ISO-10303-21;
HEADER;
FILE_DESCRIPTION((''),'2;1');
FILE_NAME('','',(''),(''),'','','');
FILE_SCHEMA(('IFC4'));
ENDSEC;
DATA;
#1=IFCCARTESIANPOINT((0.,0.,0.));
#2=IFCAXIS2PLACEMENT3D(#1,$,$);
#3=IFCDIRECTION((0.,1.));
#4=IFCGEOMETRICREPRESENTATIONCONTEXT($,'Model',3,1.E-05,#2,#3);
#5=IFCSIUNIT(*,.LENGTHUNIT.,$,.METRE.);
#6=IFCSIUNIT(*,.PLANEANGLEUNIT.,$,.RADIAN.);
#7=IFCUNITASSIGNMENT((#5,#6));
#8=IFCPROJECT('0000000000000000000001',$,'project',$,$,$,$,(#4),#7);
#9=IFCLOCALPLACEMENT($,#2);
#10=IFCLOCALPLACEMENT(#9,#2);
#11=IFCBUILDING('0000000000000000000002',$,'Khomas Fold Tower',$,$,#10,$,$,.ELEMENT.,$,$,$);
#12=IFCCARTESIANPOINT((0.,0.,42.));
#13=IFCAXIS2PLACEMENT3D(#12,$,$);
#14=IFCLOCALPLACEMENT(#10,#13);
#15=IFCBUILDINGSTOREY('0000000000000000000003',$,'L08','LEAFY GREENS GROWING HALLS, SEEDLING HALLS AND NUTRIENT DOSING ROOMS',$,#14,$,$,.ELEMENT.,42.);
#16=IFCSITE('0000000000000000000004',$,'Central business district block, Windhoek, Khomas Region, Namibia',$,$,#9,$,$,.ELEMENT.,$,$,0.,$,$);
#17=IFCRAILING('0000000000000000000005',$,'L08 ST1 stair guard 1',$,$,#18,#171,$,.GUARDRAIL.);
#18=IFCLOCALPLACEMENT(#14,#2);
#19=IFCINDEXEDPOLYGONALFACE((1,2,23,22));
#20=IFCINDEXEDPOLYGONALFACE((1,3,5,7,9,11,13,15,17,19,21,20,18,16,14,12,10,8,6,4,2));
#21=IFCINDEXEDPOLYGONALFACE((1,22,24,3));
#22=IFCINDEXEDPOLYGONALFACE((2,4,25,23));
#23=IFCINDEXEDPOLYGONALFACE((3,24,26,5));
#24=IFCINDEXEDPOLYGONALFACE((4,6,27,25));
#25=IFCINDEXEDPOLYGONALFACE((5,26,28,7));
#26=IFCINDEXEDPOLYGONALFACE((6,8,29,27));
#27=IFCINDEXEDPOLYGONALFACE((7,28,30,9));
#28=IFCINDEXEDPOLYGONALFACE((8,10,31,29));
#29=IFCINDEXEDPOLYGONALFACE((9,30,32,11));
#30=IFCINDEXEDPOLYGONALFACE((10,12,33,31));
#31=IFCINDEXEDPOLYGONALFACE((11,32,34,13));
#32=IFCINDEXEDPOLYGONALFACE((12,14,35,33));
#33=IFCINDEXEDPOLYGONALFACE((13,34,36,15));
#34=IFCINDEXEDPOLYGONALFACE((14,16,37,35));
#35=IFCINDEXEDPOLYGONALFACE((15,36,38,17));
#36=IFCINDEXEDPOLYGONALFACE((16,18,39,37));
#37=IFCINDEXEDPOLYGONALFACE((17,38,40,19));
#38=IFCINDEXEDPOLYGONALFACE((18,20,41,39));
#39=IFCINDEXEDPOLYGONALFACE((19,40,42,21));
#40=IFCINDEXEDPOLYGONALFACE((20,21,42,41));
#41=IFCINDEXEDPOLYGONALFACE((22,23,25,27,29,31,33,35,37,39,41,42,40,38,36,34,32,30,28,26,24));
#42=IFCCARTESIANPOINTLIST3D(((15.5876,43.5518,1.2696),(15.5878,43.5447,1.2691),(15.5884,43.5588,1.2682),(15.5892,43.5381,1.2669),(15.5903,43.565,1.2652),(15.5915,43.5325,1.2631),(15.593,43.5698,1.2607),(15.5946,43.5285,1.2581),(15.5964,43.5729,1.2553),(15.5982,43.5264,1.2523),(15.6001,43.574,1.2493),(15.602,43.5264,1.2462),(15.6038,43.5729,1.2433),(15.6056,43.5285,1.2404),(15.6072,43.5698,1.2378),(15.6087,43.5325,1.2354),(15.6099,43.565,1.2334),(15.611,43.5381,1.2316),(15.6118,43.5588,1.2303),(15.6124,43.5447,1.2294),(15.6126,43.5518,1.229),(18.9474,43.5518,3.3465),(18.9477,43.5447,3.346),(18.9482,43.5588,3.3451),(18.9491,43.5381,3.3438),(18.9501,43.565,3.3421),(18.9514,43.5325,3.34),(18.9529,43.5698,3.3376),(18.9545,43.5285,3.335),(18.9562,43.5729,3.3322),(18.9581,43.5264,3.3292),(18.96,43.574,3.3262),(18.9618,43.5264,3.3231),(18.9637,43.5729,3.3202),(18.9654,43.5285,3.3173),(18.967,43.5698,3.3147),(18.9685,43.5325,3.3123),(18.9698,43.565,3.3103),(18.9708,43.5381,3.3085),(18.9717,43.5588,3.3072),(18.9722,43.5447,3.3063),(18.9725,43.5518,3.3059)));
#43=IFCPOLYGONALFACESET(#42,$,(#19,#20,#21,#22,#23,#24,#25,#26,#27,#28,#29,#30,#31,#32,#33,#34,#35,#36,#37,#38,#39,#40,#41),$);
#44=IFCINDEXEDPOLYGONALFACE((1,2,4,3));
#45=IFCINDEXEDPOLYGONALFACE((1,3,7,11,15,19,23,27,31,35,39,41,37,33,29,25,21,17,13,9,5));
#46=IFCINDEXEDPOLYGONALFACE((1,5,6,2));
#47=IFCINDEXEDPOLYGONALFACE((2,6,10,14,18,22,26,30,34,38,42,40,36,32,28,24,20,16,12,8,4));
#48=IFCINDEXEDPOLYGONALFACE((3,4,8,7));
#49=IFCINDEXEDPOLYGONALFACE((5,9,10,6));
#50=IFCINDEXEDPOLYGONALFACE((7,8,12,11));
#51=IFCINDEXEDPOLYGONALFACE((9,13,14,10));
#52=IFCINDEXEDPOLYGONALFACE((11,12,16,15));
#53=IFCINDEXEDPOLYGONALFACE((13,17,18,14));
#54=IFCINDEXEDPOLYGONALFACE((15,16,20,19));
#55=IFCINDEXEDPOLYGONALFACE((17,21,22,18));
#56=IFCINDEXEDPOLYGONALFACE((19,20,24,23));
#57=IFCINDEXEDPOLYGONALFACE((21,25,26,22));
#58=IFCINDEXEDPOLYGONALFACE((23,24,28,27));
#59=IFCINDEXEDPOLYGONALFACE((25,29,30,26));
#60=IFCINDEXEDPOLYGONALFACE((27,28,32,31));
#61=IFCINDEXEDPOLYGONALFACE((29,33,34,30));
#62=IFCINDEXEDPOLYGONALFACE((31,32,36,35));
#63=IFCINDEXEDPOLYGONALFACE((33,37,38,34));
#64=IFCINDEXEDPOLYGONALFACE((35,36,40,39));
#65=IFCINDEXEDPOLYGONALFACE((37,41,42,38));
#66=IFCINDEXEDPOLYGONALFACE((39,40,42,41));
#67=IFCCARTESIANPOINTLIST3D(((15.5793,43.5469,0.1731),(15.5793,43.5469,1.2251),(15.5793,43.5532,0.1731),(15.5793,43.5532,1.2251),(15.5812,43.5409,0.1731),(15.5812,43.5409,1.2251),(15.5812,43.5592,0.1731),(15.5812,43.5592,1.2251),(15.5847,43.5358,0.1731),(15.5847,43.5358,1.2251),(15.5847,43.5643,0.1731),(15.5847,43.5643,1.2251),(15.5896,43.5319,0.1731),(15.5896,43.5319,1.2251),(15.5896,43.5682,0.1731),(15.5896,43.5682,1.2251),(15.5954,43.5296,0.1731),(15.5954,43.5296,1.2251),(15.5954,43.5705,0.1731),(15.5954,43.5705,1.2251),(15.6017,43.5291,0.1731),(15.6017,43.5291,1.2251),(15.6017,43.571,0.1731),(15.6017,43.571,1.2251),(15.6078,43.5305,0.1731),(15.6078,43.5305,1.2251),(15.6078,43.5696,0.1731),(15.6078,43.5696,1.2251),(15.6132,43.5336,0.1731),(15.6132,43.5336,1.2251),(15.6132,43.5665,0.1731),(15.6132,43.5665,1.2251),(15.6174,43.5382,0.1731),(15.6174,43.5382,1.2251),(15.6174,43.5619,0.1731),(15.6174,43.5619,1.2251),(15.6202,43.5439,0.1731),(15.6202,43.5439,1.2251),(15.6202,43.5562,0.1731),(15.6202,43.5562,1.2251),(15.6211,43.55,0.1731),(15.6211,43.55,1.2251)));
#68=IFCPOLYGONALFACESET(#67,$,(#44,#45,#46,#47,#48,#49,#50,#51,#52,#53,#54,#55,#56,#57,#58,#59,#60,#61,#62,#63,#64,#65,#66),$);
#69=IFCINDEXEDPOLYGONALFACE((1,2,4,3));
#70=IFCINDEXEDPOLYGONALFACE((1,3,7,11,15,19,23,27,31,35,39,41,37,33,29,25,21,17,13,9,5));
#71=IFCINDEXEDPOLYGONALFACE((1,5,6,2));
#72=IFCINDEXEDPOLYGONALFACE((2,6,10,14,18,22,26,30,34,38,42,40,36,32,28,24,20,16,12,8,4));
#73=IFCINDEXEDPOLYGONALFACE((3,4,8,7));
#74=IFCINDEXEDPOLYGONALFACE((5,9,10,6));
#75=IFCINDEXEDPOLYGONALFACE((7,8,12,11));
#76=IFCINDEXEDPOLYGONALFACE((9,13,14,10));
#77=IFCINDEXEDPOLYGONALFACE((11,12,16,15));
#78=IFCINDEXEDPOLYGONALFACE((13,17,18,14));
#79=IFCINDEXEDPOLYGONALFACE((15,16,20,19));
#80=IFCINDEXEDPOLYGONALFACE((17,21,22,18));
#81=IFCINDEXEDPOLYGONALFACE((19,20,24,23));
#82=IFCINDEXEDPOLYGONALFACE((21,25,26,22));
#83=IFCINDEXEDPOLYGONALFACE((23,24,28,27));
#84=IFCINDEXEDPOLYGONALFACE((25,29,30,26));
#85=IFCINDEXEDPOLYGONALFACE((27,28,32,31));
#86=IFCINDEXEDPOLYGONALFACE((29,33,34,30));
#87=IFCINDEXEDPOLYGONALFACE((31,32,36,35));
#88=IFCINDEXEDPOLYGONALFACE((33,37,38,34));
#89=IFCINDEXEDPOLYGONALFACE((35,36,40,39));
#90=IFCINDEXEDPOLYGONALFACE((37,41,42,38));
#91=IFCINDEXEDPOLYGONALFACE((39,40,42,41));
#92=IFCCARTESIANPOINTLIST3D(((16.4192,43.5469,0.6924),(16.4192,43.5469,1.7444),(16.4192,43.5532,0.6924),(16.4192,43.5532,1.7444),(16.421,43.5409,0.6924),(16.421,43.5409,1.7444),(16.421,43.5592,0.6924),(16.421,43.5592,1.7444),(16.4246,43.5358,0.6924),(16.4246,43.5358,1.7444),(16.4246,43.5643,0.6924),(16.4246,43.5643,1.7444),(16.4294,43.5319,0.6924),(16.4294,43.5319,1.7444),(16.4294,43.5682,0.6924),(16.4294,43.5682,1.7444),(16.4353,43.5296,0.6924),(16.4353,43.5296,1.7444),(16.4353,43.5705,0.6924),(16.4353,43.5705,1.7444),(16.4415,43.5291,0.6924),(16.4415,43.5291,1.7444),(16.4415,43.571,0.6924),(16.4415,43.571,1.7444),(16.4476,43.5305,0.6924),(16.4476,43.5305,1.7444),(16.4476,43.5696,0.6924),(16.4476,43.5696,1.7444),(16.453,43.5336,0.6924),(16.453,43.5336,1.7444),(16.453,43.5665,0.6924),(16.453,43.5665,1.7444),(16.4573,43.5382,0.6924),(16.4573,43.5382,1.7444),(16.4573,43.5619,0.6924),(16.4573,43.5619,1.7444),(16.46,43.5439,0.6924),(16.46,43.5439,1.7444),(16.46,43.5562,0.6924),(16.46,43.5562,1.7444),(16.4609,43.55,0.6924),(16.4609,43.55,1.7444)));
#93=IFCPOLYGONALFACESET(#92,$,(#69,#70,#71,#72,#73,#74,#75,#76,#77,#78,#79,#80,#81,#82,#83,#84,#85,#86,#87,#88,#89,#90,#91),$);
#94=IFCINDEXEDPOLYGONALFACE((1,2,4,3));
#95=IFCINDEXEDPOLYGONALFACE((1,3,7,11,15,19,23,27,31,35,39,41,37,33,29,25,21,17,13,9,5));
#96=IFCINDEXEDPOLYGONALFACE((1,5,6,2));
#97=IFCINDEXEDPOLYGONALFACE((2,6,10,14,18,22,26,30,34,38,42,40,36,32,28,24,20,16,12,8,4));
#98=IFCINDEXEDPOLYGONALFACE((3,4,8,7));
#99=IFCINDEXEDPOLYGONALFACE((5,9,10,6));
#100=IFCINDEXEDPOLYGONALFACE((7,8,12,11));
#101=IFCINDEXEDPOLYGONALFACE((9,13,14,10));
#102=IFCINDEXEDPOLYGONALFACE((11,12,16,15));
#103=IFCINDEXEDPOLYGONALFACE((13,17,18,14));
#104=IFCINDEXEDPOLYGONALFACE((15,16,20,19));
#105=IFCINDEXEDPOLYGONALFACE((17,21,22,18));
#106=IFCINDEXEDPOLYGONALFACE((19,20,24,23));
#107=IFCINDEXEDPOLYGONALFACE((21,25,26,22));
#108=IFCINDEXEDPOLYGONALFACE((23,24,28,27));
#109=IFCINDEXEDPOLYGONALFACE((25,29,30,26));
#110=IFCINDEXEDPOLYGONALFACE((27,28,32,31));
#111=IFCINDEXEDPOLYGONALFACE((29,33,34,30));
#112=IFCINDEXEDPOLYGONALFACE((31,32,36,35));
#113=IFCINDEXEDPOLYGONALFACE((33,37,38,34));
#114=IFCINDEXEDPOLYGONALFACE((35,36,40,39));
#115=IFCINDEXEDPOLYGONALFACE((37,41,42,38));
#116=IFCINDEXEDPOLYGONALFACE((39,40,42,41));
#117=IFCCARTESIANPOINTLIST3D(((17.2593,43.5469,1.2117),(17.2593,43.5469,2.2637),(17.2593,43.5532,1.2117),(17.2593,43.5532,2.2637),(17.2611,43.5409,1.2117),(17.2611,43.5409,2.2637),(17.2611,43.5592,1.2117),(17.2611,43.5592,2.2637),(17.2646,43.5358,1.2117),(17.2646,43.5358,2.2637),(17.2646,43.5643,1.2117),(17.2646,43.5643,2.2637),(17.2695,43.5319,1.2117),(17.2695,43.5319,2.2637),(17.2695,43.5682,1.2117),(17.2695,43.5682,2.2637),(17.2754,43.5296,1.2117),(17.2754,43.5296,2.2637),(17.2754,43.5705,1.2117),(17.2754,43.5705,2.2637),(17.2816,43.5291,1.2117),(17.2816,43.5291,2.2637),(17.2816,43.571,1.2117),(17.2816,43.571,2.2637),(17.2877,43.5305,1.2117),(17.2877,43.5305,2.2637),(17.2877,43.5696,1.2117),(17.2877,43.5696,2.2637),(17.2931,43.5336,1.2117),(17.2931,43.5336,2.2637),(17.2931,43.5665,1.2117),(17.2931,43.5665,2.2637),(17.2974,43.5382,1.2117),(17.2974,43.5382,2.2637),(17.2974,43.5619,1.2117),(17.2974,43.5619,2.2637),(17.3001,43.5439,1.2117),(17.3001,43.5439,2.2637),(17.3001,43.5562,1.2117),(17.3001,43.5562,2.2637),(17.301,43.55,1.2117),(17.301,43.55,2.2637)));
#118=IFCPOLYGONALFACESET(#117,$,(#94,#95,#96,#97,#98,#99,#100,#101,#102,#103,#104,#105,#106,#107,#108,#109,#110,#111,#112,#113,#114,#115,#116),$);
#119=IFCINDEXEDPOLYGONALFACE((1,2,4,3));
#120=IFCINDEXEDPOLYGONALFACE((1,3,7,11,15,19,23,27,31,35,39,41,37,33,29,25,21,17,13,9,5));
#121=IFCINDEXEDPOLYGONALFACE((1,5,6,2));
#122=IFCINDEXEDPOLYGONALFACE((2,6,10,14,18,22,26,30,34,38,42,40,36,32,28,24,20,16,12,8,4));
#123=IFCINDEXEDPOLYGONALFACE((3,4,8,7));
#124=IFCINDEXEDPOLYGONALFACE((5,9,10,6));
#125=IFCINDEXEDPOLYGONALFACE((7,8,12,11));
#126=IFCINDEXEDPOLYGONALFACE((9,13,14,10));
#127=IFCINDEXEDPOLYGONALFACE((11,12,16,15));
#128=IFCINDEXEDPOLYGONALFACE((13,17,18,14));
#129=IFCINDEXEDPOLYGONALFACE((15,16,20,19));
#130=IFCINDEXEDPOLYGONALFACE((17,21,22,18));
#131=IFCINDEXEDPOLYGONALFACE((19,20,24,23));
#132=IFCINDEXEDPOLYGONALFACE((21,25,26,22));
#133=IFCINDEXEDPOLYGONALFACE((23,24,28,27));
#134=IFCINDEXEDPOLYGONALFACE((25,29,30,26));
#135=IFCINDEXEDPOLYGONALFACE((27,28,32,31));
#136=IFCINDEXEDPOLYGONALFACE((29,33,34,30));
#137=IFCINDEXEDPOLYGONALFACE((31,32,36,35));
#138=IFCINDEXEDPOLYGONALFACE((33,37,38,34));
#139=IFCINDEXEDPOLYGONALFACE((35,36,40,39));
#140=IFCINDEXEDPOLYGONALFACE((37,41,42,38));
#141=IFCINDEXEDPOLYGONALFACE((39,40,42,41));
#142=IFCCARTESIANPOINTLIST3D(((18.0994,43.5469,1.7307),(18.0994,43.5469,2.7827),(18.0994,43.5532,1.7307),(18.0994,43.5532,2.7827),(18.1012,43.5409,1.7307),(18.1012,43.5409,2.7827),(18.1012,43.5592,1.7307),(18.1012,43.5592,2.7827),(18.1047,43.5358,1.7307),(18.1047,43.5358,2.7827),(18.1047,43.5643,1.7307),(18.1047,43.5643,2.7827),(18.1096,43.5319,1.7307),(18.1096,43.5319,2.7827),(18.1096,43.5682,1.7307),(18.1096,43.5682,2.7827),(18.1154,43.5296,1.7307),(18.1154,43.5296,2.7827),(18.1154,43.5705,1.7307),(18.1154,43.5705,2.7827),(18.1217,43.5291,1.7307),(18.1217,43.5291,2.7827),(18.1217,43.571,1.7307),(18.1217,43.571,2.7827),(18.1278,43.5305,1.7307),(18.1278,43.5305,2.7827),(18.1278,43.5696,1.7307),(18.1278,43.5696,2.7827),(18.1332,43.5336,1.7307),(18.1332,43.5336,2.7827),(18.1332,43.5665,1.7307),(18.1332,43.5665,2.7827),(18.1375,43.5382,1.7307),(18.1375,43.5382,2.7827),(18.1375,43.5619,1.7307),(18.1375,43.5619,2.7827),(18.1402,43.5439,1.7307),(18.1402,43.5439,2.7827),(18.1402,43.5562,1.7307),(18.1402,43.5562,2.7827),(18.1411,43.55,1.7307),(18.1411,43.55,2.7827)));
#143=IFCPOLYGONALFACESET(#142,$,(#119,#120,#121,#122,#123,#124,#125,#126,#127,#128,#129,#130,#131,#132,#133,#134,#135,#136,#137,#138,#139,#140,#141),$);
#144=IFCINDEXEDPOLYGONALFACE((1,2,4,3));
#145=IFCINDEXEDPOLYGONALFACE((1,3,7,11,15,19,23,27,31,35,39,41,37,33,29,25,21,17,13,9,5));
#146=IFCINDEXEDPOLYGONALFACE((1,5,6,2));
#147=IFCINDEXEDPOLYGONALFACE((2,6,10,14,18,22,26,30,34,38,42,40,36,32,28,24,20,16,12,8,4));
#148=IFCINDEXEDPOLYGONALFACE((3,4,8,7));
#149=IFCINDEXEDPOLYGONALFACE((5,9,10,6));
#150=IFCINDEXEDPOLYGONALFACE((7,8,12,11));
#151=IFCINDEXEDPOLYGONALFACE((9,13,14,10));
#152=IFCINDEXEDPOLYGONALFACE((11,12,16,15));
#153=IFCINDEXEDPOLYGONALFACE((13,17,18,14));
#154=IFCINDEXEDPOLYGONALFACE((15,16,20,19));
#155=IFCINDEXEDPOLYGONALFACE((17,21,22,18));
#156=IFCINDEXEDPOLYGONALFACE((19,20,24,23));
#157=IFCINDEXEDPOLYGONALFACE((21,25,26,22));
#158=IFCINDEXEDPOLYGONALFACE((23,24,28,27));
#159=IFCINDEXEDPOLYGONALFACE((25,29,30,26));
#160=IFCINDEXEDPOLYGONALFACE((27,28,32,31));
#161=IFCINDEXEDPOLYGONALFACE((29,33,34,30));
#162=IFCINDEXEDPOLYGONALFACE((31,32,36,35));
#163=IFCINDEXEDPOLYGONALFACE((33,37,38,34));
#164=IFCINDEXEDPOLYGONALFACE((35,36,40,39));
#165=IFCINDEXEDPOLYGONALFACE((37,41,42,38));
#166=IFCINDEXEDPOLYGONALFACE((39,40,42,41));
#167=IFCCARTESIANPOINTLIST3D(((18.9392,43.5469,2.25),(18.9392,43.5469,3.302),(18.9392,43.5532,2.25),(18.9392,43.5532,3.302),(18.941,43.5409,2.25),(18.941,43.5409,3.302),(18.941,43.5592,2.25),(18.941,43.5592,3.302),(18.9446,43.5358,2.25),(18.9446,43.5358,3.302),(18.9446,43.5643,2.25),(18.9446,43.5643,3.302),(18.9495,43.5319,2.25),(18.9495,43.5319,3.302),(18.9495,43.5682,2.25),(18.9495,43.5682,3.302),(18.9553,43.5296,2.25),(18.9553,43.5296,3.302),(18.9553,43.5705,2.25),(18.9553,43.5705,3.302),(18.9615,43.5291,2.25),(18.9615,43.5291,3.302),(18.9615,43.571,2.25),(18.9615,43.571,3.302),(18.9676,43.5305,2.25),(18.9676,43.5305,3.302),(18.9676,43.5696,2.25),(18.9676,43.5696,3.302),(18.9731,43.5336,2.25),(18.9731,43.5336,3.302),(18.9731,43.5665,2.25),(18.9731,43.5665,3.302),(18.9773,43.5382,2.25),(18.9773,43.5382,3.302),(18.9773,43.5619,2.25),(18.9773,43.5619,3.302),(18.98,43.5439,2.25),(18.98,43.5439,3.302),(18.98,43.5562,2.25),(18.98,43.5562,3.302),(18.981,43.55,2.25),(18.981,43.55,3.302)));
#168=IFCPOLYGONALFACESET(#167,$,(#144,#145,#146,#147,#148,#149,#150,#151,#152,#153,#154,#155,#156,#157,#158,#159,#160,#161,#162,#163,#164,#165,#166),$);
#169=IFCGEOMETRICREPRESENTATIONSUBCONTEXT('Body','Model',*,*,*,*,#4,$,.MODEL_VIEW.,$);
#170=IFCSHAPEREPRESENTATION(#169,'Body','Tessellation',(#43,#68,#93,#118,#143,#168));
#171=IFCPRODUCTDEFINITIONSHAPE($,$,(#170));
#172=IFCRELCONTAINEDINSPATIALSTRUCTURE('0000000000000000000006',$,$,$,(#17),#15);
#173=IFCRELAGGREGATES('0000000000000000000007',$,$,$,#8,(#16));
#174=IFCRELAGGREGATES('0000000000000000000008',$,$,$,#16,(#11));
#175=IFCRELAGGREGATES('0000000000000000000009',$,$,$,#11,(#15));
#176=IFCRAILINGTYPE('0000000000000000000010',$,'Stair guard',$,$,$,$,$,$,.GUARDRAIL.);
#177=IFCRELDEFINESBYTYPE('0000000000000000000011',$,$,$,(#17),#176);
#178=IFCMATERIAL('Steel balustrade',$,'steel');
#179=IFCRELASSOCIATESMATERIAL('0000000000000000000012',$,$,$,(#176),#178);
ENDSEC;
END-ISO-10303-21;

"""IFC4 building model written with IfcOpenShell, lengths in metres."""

from ifc_helpers import new_model, si_unit, direction, frame, origin, origin_2d, place, context, subcontext, project, spatial, circle, extrude, source, transform, mapped, material, type_object, element, save


model = new_model("IFC4")

# Units and contexts
model_context = context("Model", 3, precision=1e-05, world=origin(), true_north=direction((0.0, 1.0)))
body_context = subcontext(model_context, "Body", "Model", "MODEL_VIEW")
ifc_project = project(units=[si_unit("LENGTHUNIT", "METRE"), si_unit("PLANEANGLEUNIT", "RADIAN")], contexts=[model_context])

# Site, building, storey
site_placement = place(None, origin())
site = spatial("IfcSite", under=ifc_project, at=site_placement, Name="Central business district block, Windhoek, Khomas Region, Namibia", CompositionType="ELEMENT", RefElevation=0.0)
building_placement = place(site_placement, origin())
building = spatial("IfcBuilding", under=site, at=building_placement, Name="Khomas Fold Tower", CompositionType="ELEMENT")
storey_placement = place(building_placement, frame((0.0, 0.0, 42.0)))
storey = spatial("IfcBuildingStorey", under=building, at=storey_placement, Name="L08", Description="LEAFY GREENS GROWING HALLS, SEEDLING HALLS AND NUTRIENT DOSING ROOMS", CompositionType="ELEMENT", Elevation=42.0)

# Railing
ifc_material_1 = material(Name="Steel balustrade", Category="steel")
railing_type_1 = type_object("IfcRailingType", Name="Stair guard", PredefinedType="GUARDRAIL", material=ifc_material_1)
shared_shape_1 = source(origin(), body_context, "Body", "SweptSolid", [
    extrude(circle(Radius=0.0239, at=origin_2d()), frame((0.0, 0.0, 1.0762), z_axis=(0.850606, 0.0, 0.525803), x_axis=(0.0, 1.0, 0.0)), (0.0, 0.0, 1.0), 3.95),
    extrude(circle(Radius=0.021, at=origin_2d()), origin(), (0.0, 0.0, 1.0), 1.052),
    extrude(circle(Radius=0.021, at=origin_2d()), frame((0.8398, 0.0, 0.5193)), (0.0, 0.0, 1.0), 1.052),
    extrude(circle(Radius=0.021, at=origin_2d()), frame((1.6799, 0.0, 1.0386)), (0.0, 0.0, 1.0), 1.052),
    extrude(circle(Radius=0.021, at=origin_2d()), frame((2.52, 0.0, 1.5576)), (0.0, 0.0, 1.0), 1.052),
    extrude(circle(Radius=0.021, at=origin_2d()), frame((3.3599, 0.0, 2.0769)), (0.0, 0.0, 1.0), 1.052),
])
railing_1_placement = place(storey_placement, frame((15.6001, 43.55, 0.1731)))
element("IfcRailing", 1, at=railing_1_placement, inside=storey, type_object=railing_type_1, Name="L08 ST1 stair guard 1", PredefinedType="GUARDRAIL", context=body_context, shape_type="MappedRepresentation", body=[
    mapped(shared_shape_1, transform((0.0, 0.0, 0.0))),
])

save(model, "model.ifc")
